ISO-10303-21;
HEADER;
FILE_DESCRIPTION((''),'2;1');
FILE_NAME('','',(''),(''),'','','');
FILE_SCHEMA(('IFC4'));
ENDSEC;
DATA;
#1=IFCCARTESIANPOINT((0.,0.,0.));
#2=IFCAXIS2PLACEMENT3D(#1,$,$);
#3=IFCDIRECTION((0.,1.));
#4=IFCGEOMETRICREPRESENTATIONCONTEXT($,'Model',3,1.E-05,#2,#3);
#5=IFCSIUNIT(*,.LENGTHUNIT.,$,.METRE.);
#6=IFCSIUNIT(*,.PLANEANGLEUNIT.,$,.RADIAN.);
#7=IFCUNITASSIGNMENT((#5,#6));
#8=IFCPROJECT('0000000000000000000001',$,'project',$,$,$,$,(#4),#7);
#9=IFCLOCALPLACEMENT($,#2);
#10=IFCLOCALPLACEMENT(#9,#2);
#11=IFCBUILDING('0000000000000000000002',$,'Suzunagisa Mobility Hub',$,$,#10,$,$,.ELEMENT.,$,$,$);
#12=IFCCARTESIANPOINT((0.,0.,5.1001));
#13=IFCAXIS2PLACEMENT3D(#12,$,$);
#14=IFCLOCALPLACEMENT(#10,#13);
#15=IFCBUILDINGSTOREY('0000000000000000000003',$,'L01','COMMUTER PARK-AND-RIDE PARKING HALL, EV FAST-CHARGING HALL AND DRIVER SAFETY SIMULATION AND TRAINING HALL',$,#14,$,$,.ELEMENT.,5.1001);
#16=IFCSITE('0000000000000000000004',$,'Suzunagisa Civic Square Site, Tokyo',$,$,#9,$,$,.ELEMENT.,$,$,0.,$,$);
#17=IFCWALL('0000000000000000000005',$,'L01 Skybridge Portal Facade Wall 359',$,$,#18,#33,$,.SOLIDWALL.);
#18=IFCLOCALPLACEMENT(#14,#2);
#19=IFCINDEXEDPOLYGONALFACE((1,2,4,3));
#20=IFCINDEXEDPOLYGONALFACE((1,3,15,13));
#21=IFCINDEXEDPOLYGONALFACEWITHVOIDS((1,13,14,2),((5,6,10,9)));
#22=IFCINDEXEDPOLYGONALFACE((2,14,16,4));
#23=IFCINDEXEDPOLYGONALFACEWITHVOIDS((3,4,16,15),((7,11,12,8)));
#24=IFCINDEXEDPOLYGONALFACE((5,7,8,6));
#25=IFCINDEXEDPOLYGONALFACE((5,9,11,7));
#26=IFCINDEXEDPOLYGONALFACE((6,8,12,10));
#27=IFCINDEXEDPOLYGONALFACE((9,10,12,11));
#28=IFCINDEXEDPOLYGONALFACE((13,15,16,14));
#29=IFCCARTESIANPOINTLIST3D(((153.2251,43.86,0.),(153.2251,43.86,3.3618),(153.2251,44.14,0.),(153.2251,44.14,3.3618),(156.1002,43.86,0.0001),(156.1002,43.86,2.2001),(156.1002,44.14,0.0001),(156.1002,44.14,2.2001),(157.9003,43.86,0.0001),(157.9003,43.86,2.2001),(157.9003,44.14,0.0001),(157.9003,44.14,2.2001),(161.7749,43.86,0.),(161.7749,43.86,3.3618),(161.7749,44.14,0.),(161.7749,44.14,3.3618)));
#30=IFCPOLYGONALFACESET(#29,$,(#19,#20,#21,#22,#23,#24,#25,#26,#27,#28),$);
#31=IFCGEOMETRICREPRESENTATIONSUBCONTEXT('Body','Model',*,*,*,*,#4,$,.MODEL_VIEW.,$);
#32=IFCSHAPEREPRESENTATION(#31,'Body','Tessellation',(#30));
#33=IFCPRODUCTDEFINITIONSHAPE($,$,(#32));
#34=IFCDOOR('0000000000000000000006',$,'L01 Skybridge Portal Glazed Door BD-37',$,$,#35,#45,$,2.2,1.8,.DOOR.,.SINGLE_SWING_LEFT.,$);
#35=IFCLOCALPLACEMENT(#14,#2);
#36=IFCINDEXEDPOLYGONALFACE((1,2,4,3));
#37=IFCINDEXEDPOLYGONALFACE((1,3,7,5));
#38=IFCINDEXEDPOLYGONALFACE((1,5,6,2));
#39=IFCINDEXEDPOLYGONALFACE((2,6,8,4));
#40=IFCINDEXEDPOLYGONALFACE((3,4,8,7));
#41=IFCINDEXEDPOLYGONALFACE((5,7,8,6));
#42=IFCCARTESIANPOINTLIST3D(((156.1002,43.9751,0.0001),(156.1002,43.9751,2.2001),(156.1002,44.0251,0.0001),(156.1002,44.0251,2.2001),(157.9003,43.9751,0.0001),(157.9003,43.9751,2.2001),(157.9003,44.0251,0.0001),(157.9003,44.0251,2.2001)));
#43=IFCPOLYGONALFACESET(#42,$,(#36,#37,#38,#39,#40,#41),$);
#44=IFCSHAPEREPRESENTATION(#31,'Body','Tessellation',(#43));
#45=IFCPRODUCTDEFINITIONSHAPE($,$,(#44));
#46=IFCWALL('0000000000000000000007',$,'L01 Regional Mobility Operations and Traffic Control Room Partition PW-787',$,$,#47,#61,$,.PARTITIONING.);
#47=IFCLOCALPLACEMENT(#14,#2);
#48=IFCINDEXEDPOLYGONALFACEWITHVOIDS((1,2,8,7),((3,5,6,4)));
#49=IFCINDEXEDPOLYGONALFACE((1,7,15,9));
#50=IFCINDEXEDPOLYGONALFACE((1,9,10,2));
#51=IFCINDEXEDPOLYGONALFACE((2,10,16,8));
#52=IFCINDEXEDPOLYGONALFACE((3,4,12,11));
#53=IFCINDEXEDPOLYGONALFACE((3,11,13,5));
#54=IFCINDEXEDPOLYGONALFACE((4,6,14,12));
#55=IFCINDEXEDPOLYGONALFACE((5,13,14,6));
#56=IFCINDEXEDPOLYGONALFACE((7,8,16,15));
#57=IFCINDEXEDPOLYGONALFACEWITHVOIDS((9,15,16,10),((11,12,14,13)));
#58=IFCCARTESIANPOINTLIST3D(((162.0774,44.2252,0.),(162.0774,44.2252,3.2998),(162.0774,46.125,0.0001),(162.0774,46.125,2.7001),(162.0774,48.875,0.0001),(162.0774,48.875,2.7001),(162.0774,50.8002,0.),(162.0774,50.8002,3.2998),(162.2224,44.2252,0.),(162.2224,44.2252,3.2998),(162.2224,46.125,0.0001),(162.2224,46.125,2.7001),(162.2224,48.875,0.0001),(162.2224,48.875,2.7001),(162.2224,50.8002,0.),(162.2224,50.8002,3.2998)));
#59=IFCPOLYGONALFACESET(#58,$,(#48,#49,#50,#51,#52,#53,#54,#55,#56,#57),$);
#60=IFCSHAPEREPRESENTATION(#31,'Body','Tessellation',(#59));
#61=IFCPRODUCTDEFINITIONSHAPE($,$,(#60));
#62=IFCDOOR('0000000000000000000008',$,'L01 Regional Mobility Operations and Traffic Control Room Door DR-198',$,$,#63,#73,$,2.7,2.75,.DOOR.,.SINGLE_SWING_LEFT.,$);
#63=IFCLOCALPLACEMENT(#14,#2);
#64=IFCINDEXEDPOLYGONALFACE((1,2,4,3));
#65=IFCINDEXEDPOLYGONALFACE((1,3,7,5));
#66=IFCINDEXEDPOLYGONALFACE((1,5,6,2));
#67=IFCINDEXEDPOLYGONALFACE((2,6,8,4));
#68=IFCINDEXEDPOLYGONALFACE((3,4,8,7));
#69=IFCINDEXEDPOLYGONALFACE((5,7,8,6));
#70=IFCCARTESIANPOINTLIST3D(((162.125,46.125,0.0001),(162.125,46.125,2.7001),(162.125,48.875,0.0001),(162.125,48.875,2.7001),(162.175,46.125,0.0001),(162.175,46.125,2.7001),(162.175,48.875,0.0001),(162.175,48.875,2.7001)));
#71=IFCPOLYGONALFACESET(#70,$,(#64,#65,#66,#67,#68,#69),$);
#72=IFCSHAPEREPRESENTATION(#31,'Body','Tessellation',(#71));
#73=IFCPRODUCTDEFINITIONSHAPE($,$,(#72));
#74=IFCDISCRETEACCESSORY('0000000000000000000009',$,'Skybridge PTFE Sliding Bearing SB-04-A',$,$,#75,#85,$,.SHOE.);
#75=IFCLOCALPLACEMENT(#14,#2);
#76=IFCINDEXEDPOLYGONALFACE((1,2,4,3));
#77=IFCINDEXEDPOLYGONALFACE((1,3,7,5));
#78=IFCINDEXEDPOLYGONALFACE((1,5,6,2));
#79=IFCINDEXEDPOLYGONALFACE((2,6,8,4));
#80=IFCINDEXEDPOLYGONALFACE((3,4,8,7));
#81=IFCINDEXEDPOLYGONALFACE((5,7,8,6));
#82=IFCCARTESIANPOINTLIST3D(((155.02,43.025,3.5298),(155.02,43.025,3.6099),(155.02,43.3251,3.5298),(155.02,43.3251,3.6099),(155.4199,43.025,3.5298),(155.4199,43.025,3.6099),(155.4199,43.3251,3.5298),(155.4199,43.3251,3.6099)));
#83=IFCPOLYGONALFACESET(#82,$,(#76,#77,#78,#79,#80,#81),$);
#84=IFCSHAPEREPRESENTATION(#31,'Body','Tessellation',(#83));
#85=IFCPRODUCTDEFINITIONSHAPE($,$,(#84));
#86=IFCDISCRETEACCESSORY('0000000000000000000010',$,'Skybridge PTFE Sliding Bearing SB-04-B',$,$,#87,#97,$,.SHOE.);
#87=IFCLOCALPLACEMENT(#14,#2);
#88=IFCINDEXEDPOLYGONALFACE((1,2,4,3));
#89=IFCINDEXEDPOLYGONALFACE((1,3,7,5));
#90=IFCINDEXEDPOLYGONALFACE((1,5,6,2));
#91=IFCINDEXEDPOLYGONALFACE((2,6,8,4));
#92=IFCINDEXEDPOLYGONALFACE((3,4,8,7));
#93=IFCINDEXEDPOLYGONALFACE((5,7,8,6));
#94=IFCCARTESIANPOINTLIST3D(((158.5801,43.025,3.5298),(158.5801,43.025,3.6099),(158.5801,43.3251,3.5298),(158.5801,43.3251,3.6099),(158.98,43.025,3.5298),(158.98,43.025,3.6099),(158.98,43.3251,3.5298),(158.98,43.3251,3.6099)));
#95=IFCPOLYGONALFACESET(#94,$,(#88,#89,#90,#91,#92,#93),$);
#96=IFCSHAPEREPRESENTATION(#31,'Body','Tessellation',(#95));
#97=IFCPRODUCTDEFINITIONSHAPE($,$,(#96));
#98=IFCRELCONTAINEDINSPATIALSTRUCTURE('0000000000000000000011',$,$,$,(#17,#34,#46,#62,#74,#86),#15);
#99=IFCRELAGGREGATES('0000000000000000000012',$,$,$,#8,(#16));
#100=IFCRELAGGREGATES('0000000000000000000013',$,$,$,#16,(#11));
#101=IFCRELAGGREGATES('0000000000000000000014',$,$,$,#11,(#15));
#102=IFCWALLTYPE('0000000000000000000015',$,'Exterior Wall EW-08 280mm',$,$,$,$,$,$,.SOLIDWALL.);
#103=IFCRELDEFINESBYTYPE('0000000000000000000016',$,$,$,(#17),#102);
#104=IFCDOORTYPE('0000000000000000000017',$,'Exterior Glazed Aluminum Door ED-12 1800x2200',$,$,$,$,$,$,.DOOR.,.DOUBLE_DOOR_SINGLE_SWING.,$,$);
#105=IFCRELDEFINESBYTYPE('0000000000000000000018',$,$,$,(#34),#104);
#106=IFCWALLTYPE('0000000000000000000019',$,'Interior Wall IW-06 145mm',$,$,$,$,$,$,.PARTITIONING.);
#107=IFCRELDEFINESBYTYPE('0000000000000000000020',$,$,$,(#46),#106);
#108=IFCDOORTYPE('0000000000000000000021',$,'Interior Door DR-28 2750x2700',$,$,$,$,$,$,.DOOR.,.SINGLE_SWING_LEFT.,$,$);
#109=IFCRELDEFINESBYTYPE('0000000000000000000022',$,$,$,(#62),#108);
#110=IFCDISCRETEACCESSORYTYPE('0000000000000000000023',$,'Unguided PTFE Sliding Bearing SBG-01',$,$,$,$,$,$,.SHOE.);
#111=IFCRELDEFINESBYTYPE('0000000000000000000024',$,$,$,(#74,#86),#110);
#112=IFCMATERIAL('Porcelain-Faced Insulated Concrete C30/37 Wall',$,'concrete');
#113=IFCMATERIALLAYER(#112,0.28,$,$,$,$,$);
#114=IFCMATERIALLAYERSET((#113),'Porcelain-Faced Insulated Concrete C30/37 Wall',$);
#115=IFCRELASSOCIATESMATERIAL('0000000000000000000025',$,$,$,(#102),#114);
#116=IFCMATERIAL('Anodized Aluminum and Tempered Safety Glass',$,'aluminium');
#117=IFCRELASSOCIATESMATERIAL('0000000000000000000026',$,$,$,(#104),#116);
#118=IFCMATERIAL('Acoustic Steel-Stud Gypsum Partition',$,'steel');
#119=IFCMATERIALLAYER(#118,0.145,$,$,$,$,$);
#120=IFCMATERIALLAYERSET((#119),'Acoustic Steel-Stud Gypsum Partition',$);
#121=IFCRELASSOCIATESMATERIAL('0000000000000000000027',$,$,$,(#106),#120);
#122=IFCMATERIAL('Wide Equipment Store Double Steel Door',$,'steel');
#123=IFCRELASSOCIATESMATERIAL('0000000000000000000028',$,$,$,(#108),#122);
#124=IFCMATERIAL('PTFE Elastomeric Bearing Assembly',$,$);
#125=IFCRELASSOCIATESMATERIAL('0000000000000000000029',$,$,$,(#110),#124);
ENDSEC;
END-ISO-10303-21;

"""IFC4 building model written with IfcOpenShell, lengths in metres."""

from ifc_helpers import new_model, si_unit, direction, frame, frame_2d, origin, origin_2d, place, context, subcontext, project, spatial, rectangle, extrude, material, layer, layer_set, type_object, element, fill, save


model = new_model("IFC4")

# Units and contexts
model_context = context("Model", 3, precision=1e-05, world=origin(), true_north=direction((0.0, 1.0)))
body_context = subcontext(model_context, "Body", "Model", "MODEL_VIEW")
ifc_project = project(units=[si_unit("LENGTHUNIT", "METRE"), si_unit("PLANEANGLEUNIT", "RADIAN")], contexts=[model_context])

# Site, building, storey
site_placement = place(None, origin())
site = spatial("IfcSite", under=ifc_project, at=site_placement, Name="Suzunagisa Civic Square Site, Tokyo", CompositionType="ELEMENT", RefElevation=0.0)
building_placement = place(site_placement, origin())
building = spatial("IfcBuilding", under=site, at=building_placement, Name="Suzunagisa Mobility Hub", CompositionType="ELEMENT")
storey_placement = place(building_placement, frame((0.0, 0.0, 5.1001)))
storey = spatial("IfcBuildingStorey", under=building, at=storey_placement, Name="L01", Description="COMMUTER PARK-AND-RIDE PARKING HALL, EV FAST-CHARGING HALL AND DRIVER SAFETY SIMULATION AND TRAINING HALL", CompositionType="ELEMENT", Elevation=5.1001)

# Walls, openings, doors
ifc_material_1 = material(Name="Porcelain-Faced Insulated Concrete C30/37 Wall", Category="concrete")
ifc_layer_1 = layer(ifc_material_1, 0.28)
ifc_layer_set_1 = layer_set([ifc_layer_1], Name="Porcelain-Faced Insulated Concrete C30/37 Wall")
wall_type_1 = type_object("IfcWallType", Name="Exterior Wall EW-08 280mm", PredefinedType="SOLIDWALL", material=ifc_layer_set_1)
ifc_material_2 = material(Name="Anodized Aluminum and Tempered Safety Glass", Category="aluminium")
door_type_1 = type_object("IfcDoorType", Name="Exterior Glazed Aluminum Door ED-12 1800x2200", OperationType="DOUBLE_DOOR_SINGLE_SWING", PredefinedType="DOOR", material=ifc_material_2)
wall_1_placement = place(storey_placement, frame((153.2251, 44.0, 0.0), z_axis=(0.0, 0.0, 1.0), x_axis=(1.0, 0.0, 0.0)))
wall_1 = element("IfcWall", 1, at=wall_1_placement, inside=storey, type_object=wall_type_1, Name="L01 Skybridge Portal Facade Wall 359", PredefinedType="SOLIDWALL", context=body_context, shape_type="SweptSolid", body=[
    extrude(rectangle(XDim=8.5498, YDim=0.28, at=frame_2d((4.2749, 0.0))), origin(), (0.0, 0.0, 1.0), 3.3618),
])
opening_1_placement = place(wall_1_placement, frame((4.675, 0.0, 0.0), z_axis=(0.0, 0.0, 1.0), x_axis=(-1.0, 0.0, 0.0)))
opening_1 = element("IfcOpeningElement", 2, at=opening_1_placement, cuts=wall_1, PredefinedType="OPENING", context=body_context, shape_type="SweptSolid", body=[
    extrude(rectangle(XDim=1.8, YDim=2.2, at=frame_2d((0.8999, 1.1001))), frame((0.0, 0.1509, 0.0), z_axis=(0.0, -1.0, 0.0), x_axis=(1.0, 0.0, 0.0)), (0.0, 0.0, 1.0), 0.302),
])
door_1_placement = place(opening_1_placement, origin())
door_1 = element("IfcDoor", 3, at=door_1_placement, inside=storey, type_object=door_type_1, Name="L01 Skybridge Portal Glazed Door BD-37", OperationType="SINGLE_SWING_LEFT", OverallHeight=2.2, OverallWidth=1.8, PredefinedType="DOOR", context=body_context, shape_type="SweptSolid", body=[
    extrude(rectangle(XDim=1.8, YDim=2.2, at=frame_2d((0.8999, 1.1001))), frame((0.0, 0.0249, 0.0), z_axis=(0.0, -1.0, 0.0), x_axis=(1.0, 0.0, 0.0)), (0.0, 0.0, 1.0), 0.05),
])
fill(opening_1, door_1)
ifc_material_3 = material(Name="Acoustic Steel-Stud Gypsum Partition", Category="steel")
ifc_layer_2 = layer(ifc_material_3, 0.145)
ifc_layer_set_2 = layer_set([ifc_layer_2], Name="Acoustic Steel-Stud Gypsum Partition")
wall_type_2 = type_object("IfcWallType", Name="Interior Wall IW-06 145mm", PredefinedType="PARTITIONING", material=ifc_layer_set_2)
wall_2_placement = place(storey_placement, frame((162.1499, 44.2251, 0.0), z_axis=(0.0, 0.0, 1.0), x_axis=(0.0, 1.0, 0.0)))
wall_2 = element("IfcWall", 4, at=wall_2_placement, inside=storey, type_object=wall_type_2, Name="L01 Regional Mobility Operations and Traffic Control Room Partition PW-787", PredefinedType="PARTITIONING", context=body_context, shape_type="SweptSolid", body=[
    extrude(rectangle(XDim=6.575, YDim=0.145, at=frame_2d((3.2876, 0.0))), origin(), (0.0, 0.0, 1.0), 3.2998),
])
opening_2_placement = place(wall_2_placement, frame((1.8999, 0.0, 0.0)))
opening_2 = element("IfcOpeningElement", 5, at=opening_2_placement, cuts=wall_2, PredefinedType="OPENING", context=body_context, shape_type="SweptSolid", body=[
    extrude(rectangle(XDim=2.75, YDim=2.7, at=frame_2d((1.375, 1.3501))), frame((0.0, 0.0835, 0.0), z_axis=(0.0, -1.0, 0.0), x_axis=(1.0, 0.0, 0.0)), (0.0, 0.0, 1.0), 0.167),
])
ifc_material_4 = material(Name="Wide Equipment Store Double Steel Door", Category="steel")
door_type_2 = type_object("IfcDoorType", Name="Interior Door DR-28 2750x2700", OperationType="SINGLE_SWING_LEFT", PredefinedType="DOOR", material=ifc_material_4)
door_2_placement = place(opening_2_placement, origin())
door_2 = element("IfcDoor", 6, at=door_2_placement, inside=storey, type_object=door_type_2, Name="L01 Regional Mobility Operations and Traffic Control Room Door DR-198", OperationType="SINGLE_SWING_LEFT", OverallHeight=2.7, OverallWidth=2.75, PredefinedType="DOOR", context=body_context, shape_type="SweptSolid", body=[
    extrude(rectangle(XDim=2.75, YDim=2.7, at=frame_2d((1.375, 1.3501))), frame((0.0, 0.0249, 0.0), z_axis=(0.0, -1.0, 0.0), x_axis=(1.0, 0.0, 0.0)), (0.0, 0.0, 1.0), 0.05),
])
fill(opening_2, door_2)

# Discrete accessories
ifc_material_5 = material(Name="PTFE Elastomeric Bearing Assembly")
discrete_accessory_type = type_object("IfcDiscreteAccessoryType", Name="Unguided PTFE Sliding Bearing SBG-01", PredefinedType="SHOE", material=ifc_material_5)
for number, where, z_axis, x_axis, name in (
    (7, (155.22, 43.175, 3.5298), (0.0, 0.0, 1.0), (1.0, 0.0, 0.0), "Skybridge PTFE Sliding Bearing SB-04-A"),
    (8, (158.78, 43.175, 3.5298), (0.0, 0.0, 1.0), (1.0, 0.0, 0.0), "Skybridge PTFE Sliding Bearing SB-04-B"),
):
    element("IfcDiscreteAccessory", number, at=place(storey_placement, frame(where, z_axis=z_axis, x_axis=x_axis)), inside=storey, type_object=discrete_accessory_type, Name=name, PredefinedType="SHOE", context=body_context, shape_type="SweptSolid", body=[
        extrude(rectangle(XDim=0.3999, YDim=0.3, at=origin_2d()), origin(), (0.0, 0.0, 1.0), 0.0801),
    ])

save(model, "model.ifc")
